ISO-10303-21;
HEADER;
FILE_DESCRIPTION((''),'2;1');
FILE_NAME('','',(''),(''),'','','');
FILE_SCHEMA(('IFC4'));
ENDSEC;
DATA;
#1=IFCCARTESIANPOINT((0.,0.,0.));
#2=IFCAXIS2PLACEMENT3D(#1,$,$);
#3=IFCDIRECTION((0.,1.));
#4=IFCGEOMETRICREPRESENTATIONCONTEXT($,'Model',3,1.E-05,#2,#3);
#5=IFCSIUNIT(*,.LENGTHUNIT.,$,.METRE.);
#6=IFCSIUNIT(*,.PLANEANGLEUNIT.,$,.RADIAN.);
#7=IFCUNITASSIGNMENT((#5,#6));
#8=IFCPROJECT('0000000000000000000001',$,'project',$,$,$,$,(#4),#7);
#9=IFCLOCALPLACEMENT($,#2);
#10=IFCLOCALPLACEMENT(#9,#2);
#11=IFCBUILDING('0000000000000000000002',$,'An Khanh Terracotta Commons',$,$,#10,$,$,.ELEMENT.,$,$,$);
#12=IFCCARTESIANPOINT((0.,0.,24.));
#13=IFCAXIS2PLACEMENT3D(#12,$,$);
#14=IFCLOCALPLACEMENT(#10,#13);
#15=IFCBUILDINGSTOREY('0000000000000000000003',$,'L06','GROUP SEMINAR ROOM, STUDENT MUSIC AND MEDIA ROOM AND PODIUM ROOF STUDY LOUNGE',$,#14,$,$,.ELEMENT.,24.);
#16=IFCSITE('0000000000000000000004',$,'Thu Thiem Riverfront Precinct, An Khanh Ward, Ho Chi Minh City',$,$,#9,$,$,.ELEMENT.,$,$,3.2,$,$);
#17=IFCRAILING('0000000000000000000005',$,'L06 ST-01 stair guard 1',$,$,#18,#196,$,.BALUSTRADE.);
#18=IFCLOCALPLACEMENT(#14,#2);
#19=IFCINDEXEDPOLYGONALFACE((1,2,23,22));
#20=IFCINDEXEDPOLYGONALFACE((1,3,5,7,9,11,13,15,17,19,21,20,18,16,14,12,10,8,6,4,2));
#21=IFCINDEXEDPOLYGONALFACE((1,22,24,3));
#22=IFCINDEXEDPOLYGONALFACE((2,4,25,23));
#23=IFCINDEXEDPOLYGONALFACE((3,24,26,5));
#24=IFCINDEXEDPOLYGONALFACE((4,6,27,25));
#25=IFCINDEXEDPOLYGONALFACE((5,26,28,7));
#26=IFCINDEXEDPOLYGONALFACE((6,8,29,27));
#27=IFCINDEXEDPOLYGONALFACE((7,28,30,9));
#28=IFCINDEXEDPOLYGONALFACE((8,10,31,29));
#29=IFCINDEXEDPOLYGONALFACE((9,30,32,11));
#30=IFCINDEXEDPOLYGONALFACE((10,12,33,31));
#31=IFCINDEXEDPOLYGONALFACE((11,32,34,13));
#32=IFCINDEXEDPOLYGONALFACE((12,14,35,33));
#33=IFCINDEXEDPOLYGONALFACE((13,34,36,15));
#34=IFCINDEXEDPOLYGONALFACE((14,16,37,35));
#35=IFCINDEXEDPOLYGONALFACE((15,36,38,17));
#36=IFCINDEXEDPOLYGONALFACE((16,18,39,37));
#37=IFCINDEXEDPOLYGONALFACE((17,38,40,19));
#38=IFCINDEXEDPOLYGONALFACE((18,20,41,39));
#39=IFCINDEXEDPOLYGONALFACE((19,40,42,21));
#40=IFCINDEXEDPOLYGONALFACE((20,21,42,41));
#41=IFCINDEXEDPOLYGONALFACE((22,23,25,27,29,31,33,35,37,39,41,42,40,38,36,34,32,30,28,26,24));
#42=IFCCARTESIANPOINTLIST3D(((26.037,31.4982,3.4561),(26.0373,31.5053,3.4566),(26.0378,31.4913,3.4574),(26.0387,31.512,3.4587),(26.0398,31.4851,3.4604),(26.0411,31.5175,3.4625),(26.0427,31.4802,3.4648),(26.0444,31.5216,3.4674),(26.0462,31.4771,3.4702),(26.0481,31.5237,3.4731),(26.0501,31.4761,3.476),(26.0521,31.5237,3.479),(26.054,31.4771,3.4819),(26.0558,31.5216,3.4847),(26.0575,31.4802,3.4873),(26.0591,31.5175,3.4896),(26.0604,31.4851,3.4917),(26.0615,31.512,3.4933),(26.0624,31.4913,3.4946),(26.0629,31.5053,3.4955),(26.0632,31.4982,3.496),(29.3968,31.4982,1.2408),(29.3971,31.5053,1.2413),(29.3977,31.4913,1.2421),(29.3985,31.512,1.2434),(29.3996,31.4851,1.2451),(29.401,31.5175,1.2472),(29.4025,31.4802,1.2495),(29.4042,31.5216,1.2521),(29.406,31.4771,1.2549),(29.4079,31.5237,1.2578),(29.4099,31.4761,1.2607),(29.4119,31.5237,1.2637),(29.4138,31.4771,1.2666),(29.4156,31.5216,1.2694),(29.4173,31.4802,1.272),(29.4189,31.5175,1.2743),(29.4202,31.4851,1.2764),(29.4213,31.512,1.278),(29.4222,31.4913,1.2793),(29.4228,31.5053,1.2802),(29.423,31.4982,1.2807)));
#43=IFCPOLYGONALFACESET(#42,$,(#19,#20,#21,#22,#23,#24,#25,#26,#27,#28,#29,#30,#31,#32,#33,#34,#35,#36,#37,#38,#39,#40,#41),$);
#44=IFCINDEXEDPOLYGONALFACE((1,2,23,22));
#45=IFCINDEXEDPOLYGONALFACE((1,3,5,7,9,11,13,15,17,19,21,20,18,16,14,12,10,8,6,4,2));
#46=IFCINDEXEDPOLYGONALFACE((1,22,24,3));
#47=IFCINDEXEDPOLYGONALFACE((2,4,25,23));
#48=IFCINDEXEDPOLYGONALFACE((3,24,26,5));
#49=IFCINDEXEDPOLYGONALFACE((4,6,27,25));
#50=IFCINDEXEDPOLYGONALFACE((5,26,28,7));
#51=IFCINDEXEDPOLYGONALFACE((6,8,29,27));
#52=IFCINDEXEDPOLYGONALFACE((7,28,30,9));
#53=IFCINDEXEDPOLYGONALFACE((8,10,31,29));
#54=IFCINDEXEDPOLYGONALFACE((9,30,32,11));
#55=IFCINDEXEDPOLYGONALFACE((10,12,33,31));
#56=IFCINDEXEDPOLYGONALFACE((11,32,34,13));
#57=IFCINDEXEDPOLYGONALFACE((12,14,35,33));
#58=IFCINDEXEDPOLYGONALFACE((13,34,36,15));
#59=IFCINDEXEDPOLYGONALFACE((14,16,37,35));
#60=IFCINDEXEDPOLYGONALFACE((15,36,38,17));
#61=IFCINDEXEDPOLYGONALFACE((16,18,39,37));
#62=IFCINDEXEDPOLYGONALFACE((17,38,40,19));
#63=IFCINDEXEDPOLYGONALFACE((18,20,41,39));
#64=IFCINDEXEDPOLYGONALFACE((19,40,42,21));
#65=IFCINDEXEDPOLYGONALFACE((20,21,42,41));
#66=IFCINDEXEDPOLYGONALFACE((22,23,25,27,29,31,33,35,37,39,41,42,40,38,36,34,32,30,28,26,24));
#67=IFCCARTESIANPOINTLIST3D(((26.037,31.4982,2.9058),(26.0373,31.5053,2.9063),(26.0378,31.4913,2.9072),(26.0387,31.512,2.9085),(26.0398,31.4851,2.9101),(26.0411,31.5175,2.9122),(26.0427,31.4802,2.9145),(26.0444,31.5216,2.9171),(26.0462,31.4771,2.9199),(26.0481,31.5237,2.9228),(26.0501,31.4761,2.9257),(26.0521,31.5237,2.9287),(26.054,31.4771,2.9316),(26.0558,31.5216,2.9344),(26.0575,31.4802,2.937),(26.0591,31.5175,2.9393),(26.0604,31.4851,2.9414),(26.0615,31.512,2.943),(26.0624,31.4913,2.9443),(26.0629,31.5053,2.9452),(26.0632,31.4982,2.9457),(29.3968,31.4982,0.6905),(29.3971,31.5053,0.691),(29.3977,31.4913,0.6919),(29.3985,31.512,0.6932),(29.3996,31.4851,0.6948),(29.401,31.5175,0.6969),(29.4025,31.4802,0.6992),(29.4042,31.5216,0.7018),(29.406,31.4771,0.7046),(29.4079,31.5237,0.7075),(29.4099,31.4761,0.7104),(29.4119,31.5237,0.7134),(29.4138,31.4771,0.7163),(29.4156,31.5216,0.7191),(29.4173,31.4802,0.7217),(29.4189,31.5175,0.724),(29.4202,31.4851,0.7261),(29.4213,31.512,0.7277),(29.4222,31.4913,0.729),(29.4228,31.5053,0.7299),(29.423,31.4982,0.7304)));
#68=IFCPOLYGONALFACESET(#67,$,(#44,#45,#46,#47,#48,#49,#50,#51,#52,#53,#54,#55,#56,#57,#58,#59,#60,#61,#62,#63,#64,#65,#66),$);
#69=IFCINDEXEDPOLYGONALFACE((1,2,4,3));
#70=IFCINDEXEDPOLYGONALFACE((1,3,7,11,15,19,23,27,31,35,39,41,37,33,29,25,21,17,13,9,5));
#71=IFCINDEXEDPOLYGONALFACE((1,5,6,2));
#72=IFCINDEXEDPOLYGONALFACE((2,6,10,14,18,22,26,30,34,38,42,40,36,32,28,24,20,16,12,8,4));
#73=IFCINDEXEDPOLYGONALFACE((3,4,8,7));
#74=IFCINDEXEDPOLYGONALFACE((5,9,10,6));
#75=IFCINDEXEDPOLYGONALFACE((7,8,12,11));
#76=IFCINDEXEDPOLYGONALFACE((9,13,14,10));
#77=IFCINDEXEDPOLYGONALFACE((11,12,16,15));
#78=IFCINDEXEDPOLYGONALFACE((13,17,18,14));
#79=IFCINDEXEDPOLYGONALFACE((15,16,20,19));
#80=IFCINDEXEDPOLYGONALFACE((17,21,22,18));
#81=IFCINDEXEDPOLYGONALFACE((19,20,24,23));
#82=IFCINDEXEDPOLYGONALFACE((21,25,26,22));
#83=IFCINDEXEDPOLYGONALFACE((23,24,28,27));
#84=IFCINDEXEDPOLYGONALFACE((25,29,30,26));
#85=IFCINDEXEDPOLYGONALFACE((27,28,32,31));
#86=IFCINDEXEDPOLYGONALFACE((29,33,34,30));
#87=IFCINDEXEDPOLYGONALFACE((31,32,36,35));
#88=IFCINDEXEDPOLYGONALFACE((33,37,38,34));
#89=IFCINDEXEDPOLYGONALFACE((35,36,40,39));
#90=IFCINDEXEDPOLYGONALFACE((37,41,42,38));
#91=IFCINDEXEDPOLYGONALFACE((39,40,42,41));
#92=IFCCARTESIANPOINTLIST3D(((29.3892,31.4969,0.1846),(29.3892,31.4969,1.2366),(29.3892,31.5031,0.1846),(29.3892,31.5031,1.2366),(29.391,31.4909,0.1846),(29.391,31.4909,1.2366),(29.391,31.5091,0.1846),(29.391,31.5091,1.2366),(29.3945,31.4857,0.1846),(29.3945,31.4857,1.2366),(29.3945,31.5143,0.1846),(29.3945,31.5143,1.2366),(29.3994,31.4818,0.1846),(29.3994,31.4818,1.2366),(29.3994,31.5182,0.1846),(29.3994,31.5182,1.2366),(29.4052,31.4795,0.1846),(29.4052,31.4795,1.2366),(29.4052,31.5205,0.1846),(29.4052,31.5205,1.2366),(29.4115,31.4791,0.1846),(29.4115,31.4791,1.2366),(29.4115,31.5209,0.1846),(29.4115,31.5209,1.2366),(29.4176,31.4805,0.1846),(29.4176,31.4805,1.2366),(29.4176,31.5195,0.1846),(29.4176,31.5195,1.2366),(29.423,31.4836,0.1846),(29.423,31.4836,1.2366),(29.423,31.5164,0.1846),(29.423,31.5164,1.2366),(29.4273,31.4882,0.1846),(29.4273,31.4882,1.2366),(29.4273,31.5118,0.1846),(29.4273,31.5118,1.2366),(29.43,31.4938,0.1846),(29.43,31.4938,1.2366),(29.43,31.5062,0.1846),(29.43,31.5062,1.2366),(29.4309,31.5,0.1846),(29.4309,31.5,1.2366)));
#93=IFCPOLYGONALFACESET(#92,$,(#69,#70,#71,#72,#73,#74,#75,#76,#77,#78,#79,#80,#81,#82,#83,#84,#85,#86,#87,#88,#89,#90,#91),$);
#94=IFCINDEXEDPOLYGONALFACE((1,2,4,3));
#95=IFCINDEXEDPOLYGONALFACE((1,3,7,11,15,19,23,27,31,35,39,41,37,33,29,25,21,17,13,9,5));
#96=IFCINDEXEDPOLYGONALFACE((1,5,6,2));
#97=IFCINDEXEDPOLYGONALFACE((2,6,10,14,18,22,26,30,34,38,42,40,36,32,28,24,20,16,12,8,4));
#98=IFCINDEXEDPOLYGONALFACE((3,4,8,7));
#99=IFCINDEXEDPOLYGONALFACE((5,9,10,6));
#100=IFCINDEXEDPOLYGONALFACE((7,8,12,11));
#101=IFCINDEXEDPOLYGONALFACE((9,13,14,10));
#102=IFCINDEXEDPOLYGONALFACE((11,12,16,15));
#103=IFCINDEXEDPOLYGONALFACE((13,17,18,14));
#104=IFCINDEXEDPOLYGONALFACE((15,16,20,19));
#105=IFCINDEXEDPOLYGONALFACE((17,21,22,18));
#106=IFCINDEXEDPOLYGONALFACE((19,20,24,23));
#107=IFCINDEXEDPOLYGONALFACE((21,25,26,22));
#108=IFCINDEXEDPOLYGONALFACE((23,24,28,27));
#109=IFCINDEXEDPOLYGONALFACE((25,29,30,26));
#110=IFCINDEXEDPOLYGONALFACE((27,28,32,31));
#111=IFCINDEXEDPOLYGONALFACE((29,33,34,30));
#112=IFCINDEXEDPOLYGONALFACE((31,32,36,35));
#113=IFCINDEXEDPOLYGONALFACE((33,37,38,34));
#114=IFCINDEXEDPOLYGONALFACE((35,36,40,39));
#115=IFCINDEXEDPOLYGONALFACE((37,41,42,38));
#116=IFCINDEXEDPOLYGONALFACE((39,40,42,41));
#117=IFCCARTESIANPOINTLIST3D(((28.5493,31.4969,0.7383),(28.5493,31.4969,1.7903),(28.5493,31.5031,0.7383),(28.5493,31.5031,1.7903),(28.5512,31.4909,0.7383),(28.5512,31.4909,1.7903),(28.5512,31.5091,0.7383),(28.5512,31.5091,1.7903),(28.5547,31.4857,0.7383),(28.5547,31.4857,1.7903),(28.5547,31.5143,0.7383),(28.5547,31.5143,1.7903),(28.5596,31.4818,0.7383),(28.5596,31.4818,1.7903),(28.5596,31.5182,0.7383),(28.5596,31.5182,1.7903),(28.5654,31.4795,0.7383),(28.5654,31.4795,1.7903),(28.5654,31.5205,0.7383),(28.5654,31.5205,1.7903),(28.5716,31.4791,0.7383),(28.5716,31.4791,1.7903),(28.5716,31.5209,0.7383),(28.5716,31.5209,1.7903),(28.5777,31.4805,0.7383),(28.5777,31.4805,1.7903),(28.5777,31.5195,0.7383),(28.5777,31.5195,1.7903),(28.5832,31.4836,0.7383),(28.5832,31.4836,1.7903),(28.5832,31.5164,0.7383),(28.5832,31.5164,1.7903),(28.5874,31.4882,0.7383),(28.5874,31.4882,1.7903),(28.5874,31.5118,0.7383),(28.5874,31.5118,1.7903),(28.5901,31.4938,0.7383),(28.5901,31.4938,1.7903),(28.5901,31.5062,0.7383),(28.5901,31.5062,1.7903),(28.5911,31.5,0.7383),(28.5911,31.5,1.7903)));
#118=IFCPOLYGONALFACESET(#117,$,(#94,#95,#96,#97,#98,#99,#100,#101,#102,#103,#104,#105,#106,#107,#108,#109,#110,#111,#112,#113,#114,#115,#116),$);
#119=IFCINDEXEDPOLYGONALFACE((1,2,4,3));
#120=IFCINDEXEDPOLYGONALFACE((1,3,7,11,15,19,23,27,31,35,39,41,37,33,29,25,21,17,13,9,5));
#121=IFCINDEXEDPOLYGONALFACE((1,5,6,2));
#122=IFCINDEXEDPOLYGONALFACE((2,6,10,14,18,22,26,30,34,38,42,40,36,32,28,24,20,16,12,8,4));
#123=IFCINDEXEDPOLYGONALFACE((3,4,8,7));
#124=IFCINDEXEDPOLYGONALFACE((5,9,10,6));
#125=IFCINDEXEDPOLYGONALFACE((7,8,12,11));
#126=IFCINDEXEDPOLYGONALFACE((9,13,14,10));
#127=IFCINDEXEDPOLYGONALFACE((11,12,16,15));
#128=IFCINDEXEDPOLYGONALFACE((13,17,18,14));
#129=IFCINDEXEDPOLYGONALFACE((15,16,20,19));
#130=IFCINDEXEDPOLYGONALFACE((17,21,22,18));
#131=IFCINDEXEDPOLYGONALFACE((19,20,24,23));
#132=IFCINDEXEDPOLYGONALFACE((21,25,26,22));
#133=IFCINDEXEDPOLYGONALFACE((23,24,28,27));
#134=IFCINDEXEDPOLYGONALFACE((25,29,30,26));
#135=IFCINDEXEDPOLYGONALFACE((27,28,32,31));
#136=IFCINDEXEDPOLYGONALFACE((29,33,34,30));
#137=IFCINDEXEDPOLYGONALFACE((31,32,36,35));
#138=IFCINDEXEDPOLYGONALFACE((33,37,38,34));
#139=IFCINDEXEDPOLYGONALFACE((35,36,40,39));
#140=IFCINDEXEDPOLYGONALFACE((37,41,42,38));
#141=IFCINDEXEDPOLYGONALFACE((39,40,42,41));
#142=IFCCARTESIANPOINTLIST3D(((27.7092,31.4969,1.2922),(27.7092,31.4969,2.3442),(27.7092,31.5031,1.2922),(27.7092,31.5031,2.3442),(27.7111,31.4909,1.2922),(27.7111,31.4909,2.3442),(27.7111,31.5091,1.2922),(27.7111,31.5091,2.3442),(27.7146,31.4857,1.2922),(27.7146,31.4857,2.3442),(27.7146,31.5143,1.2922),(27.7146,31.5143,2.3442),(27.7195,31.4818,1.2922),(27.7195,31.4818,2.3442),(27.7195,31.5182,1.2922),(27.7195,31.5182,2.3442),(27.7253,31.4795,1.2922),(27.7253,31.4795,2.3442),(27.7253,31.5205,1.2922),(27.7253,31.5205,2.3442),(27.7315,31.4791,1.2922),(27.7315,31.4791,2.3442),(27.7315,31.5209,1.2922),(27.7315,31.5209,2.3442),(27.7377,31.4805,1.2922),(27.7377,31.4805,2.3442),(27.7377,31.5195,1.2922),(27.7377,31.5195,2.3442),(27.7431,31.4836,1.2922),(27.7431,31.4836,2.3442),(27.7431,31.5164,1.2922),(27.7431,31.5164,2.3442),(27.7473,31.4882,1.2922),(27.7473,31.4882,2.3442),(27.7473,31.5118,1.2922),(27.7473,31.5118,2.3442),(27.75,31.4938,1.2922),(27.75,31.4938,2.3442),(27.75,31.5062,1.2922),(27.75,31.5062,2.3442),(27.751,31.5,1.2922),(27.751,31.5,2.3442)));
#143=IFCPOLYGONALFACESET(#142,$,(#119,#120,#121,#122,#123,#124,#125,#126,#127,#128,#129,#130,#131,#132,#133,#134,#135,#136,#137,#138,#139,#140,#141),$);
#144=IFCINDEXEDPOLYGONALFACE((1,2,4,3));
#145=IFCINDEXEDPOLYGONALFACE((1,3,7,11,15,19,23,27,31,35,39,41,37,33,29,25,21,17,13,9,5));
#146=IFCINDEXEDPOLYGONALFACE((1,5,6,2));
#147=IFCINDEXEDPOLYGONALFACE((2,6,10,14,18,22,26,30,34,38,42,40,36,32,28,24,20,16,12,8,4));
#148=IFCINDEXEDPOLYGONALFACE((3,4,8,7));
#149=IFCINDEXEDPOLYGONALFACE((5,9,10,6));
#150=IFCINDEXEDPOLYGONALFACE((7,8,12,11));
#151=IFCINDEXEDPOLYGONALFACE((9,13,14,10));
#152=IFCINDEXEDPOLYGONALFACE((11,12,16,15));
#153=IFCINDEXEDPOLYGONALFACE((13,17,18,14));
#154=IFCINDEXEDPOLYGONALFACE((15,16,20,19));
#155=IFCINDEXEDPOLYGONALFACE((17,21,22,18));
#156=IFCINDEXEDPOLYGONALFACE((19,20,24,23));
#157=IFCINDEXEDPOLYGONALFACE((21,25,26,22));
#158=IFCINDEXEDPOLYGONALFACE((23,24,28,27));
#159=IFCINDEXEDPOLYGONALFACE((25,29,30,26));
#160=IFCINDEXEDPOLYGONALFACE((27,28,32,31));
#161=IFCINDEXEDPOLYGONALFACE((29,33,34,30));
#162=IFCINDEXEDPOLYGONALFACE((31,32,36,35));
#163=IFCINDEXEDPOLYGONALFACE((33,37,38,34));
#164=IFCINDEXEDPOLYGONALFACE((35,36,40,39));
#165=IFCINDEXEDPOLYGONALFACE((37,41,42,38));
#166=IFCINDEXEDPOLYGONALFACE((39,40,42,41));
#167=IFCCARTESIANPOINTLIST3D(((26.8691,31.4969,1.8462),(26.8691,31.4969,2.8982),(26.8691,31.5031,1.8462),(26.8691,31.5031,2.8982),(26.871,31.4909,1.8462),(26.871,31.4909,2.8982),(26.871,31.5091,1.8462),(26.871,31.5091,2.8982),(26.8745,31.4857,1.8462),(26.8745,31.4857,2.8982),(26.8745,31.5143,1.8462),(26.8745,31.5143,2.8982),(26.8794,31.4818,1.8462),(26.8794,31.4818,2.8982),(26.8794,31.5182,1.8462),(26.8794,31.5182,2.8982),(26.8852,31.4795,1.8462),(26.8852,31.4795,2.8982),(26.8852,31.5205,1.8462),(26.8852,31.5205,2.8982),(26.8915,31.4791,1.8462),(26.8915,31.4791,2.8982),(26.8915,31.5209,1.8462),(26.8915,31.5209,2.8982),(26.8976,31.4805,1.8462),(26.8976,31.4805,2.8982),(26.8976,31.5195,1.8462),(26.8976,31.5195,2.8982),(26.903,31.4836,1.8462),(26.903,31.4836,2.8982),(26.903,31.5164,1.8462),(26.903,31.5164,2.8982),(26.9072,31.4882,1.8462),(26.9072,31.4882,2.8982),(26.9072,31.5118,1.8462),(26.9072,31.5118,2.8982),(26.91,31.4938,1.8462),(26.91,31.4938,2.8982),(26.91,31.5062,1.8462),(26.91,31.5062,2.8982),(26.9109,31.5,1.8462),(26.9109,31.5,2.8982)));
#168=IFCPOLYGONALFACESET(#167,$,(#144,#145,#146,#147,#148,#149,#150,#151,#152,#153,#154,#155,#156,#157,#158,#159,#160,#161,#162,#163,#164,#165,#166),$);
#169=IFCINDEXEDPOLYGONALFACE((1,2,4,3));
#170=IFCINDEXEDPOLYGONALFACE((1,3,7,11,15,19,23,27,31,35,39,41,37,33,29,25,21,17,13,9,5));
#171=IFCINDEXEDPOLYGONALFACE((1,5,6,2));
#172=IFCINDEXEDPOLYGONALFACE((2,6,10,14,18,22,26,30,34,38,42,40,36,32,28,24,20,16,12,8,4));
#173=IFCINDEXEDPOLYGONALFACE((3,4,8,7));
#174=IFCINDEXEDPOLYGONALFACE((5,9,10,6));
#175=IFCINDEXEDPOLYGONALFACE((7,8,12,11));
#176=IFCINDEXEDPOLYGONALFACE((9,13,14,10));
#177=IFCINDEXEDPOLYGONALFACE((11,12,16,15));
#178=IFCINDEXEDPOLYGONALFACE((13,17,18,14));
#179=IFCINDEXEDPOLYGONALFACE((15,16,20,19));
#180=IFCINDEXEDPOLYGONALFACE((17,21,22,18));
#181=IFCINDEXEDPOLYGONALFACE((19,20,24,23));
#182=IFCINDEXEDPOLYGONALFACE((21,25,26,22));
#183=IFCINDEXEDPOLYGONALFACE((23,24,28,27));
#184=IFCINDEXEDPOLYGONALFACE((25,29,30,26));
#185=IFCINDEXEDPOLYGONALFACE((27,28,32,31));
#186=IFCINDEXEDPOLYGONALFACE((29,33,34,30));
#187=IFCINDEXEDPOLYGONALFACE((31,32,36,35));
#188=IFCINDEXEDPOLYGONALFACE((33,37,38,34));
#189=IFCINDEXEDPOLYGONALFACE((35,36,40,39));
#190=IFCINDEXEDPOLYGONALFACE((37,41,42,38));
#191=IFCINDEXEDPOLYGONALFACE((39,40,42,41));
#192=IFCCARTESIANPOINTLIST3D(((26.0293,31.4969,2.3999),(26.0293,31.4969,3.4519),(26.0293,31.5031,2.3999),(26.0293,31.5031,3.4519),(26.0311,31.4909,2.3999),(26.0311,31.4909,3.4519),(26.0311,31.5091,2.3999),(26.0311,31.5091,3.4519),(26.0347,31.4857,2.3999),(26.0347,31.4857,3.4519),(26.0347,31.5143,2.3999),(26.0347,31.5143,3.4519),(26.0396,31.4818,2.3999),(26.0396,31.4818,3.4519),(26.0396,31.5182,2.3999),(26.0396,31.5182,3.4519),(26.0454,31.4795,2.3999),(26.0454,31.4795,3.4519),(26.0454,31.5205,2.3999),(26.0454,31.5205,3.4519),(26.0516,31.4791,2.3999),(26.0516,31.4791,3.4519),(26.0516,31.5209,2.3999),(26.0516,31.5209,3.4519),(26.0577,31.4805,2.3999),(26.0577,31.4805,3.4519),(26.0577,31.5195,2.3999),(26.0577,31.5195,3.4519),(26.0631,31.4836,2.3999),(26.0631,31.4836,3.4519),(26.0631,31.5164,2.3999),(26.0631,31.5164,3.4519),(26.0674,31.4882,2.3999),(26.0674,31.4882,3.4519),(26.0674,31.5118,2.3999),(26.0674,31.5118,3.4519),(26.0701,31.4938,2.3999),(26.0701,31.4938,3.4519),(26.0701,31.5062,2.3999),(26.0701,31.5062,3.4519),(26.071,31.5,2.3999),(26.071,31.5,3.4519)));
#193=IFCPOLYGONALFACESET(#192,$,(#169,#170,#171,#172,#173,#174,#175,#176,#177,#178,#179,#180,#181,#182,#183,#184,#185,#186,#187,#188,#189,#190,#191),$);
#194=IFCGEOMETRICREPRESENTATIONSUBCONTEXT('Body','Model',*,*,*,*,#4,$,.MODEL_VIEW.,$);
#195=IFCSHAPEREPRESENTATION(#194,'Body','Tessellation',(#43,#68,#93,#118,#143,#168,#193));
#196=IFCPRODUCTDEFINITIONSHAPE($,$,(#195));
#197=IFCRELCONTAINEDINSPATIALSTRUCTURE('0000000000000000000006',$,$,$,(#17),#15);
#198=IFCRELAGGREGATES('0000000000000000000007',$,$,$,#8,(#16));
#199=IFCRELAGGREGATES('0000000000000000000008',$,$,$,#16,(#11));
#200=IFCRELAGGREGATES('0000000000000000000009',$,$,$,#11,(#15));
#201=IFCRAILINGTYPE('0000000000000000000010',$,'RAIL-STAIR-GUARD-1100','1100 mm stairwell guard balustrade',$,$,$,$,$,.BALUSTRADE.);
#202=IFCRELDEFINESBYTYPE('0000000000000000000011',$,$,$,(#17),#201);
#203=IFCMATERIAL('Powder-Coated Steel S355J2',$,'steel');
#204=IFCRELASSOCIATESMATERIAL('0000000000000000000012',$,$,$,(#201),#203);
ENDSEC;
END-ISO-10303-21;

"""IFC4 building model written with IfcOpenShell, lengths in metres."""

from ifc_helpers import new_model, si_unit, direction, frame, origin, origin_2d, place, context, subcontext, project, spatial, circle, extrude, material, type_object, element, save


model = new_model("IFC4")

# Units and contexts
model_context = context("Model", 3, precision=1e-05, world=origin(), true_north=direction((0.0, 1.0)))
body_context = subcontext(model_context, "Body", "Model", "MODEL_VIEW")
ifc_project = project(units=[si_unit("LENGTHUNIT", "METRE"), si_unit("PLANEANGLEUNIT", "RADIAN")], contexts=[model_context])

# Site, building, storey
site_placement = place(None, origin())
site = spatial("IfcSite", under=ifc_project, at=site_placement, Name="Thu Thiem Riverfront Precinct, An Khanh Ward, Ho Chi Minh City", CompositionType="ELEMENT", RefElevation=3.2)
building_placement = place(site_placement, origin())
building = spatial("IfcBuilding", under=site, at=building_placement, Name="An Khanh Terracotta Commons", CompositionType="ELEMENT")
storey_placement = place(building_placement, frame((0.0, 0.0, 24.0)))
storey = spatial("IfcBuildingStorey", under=building, at=storey_placement, Name="L06", Description="GROUP SEMINAR ROOM, STUDENT MUSIC AND MEDIA ROOM AND PODIUM ROOF STUDY LOUNGE", CompositionType="ELEMENT", Elevation=24.0)

# Railing
ifc_material_1 = material(Name="Powder-Coated Steel S355J2", Category="steel")
railing_type_1 = type_object("IfcRailingType", Name="RAIL-STAIR-GUARD-1100", Description="1100 mm stairwell guard balustrade", PredefinedType="BALUSTRADE", material=ifc_material_1)
railing_1_placement = place(storey_placement, frame((29.4099, 31.5, 0.1846)))
element("IfcRailing", 1, at=railing_1_placement, inside=storey, type_object=railing_type_1, Name="L06 ST-01 stair guard 1", PredefinedType="BALUSTRADE", context=body_context, shape_type="SweptSolid", body=[
    extrude(circle(Radius=0.0239, at=origin_2d()), frame((0.0, 0.0, 1.0762), z_axis=(-0.834858, 0.0, 0.550465), x_axis=(0.0, -1.0, 0.0)), (0.0, 0.0, 1.0), 4.0244),
    extrude(circle(Radius=0.0239, at=origin_2d()), frame((0.0, 0.0, 0.5259), z_axis=(-0.834858, 0.0, 0.550465), x_axis=(0.0, -1.0, 0.0)), (0.0, 0.0, 1.0), 4.0244),
    extrude(circle(Radius=0.021, at=origin_2d()), origin(), (0.0, 0.0, 1.0), 1.052),
    extrude(circle(Radius=0.021, at=origin_2d()), frame((-0.8398, 0.0, 0.5537)), (0.0, 0.0, 1.0), 1.052),
    extrude(circle(Radius=0.021, at=origin_2d()), frame((-1.6799, 0.0, 1.1077)), (0.0, 0.0, 1.0), 1.052),
    extrude(circle(Radius=0.021, at=origin_2d()), frame((-2.52, 0.0, 1.6616)), (0.0, 0.0, 1.0), 1.052),
    extrude(circle(Radius=0.021, at=origin_2d()), frame((-3.3599, 0.0, 2.2153)), (0.0, 0.0, 1.0), 1.052),
])

save(model, "model.ifc")
